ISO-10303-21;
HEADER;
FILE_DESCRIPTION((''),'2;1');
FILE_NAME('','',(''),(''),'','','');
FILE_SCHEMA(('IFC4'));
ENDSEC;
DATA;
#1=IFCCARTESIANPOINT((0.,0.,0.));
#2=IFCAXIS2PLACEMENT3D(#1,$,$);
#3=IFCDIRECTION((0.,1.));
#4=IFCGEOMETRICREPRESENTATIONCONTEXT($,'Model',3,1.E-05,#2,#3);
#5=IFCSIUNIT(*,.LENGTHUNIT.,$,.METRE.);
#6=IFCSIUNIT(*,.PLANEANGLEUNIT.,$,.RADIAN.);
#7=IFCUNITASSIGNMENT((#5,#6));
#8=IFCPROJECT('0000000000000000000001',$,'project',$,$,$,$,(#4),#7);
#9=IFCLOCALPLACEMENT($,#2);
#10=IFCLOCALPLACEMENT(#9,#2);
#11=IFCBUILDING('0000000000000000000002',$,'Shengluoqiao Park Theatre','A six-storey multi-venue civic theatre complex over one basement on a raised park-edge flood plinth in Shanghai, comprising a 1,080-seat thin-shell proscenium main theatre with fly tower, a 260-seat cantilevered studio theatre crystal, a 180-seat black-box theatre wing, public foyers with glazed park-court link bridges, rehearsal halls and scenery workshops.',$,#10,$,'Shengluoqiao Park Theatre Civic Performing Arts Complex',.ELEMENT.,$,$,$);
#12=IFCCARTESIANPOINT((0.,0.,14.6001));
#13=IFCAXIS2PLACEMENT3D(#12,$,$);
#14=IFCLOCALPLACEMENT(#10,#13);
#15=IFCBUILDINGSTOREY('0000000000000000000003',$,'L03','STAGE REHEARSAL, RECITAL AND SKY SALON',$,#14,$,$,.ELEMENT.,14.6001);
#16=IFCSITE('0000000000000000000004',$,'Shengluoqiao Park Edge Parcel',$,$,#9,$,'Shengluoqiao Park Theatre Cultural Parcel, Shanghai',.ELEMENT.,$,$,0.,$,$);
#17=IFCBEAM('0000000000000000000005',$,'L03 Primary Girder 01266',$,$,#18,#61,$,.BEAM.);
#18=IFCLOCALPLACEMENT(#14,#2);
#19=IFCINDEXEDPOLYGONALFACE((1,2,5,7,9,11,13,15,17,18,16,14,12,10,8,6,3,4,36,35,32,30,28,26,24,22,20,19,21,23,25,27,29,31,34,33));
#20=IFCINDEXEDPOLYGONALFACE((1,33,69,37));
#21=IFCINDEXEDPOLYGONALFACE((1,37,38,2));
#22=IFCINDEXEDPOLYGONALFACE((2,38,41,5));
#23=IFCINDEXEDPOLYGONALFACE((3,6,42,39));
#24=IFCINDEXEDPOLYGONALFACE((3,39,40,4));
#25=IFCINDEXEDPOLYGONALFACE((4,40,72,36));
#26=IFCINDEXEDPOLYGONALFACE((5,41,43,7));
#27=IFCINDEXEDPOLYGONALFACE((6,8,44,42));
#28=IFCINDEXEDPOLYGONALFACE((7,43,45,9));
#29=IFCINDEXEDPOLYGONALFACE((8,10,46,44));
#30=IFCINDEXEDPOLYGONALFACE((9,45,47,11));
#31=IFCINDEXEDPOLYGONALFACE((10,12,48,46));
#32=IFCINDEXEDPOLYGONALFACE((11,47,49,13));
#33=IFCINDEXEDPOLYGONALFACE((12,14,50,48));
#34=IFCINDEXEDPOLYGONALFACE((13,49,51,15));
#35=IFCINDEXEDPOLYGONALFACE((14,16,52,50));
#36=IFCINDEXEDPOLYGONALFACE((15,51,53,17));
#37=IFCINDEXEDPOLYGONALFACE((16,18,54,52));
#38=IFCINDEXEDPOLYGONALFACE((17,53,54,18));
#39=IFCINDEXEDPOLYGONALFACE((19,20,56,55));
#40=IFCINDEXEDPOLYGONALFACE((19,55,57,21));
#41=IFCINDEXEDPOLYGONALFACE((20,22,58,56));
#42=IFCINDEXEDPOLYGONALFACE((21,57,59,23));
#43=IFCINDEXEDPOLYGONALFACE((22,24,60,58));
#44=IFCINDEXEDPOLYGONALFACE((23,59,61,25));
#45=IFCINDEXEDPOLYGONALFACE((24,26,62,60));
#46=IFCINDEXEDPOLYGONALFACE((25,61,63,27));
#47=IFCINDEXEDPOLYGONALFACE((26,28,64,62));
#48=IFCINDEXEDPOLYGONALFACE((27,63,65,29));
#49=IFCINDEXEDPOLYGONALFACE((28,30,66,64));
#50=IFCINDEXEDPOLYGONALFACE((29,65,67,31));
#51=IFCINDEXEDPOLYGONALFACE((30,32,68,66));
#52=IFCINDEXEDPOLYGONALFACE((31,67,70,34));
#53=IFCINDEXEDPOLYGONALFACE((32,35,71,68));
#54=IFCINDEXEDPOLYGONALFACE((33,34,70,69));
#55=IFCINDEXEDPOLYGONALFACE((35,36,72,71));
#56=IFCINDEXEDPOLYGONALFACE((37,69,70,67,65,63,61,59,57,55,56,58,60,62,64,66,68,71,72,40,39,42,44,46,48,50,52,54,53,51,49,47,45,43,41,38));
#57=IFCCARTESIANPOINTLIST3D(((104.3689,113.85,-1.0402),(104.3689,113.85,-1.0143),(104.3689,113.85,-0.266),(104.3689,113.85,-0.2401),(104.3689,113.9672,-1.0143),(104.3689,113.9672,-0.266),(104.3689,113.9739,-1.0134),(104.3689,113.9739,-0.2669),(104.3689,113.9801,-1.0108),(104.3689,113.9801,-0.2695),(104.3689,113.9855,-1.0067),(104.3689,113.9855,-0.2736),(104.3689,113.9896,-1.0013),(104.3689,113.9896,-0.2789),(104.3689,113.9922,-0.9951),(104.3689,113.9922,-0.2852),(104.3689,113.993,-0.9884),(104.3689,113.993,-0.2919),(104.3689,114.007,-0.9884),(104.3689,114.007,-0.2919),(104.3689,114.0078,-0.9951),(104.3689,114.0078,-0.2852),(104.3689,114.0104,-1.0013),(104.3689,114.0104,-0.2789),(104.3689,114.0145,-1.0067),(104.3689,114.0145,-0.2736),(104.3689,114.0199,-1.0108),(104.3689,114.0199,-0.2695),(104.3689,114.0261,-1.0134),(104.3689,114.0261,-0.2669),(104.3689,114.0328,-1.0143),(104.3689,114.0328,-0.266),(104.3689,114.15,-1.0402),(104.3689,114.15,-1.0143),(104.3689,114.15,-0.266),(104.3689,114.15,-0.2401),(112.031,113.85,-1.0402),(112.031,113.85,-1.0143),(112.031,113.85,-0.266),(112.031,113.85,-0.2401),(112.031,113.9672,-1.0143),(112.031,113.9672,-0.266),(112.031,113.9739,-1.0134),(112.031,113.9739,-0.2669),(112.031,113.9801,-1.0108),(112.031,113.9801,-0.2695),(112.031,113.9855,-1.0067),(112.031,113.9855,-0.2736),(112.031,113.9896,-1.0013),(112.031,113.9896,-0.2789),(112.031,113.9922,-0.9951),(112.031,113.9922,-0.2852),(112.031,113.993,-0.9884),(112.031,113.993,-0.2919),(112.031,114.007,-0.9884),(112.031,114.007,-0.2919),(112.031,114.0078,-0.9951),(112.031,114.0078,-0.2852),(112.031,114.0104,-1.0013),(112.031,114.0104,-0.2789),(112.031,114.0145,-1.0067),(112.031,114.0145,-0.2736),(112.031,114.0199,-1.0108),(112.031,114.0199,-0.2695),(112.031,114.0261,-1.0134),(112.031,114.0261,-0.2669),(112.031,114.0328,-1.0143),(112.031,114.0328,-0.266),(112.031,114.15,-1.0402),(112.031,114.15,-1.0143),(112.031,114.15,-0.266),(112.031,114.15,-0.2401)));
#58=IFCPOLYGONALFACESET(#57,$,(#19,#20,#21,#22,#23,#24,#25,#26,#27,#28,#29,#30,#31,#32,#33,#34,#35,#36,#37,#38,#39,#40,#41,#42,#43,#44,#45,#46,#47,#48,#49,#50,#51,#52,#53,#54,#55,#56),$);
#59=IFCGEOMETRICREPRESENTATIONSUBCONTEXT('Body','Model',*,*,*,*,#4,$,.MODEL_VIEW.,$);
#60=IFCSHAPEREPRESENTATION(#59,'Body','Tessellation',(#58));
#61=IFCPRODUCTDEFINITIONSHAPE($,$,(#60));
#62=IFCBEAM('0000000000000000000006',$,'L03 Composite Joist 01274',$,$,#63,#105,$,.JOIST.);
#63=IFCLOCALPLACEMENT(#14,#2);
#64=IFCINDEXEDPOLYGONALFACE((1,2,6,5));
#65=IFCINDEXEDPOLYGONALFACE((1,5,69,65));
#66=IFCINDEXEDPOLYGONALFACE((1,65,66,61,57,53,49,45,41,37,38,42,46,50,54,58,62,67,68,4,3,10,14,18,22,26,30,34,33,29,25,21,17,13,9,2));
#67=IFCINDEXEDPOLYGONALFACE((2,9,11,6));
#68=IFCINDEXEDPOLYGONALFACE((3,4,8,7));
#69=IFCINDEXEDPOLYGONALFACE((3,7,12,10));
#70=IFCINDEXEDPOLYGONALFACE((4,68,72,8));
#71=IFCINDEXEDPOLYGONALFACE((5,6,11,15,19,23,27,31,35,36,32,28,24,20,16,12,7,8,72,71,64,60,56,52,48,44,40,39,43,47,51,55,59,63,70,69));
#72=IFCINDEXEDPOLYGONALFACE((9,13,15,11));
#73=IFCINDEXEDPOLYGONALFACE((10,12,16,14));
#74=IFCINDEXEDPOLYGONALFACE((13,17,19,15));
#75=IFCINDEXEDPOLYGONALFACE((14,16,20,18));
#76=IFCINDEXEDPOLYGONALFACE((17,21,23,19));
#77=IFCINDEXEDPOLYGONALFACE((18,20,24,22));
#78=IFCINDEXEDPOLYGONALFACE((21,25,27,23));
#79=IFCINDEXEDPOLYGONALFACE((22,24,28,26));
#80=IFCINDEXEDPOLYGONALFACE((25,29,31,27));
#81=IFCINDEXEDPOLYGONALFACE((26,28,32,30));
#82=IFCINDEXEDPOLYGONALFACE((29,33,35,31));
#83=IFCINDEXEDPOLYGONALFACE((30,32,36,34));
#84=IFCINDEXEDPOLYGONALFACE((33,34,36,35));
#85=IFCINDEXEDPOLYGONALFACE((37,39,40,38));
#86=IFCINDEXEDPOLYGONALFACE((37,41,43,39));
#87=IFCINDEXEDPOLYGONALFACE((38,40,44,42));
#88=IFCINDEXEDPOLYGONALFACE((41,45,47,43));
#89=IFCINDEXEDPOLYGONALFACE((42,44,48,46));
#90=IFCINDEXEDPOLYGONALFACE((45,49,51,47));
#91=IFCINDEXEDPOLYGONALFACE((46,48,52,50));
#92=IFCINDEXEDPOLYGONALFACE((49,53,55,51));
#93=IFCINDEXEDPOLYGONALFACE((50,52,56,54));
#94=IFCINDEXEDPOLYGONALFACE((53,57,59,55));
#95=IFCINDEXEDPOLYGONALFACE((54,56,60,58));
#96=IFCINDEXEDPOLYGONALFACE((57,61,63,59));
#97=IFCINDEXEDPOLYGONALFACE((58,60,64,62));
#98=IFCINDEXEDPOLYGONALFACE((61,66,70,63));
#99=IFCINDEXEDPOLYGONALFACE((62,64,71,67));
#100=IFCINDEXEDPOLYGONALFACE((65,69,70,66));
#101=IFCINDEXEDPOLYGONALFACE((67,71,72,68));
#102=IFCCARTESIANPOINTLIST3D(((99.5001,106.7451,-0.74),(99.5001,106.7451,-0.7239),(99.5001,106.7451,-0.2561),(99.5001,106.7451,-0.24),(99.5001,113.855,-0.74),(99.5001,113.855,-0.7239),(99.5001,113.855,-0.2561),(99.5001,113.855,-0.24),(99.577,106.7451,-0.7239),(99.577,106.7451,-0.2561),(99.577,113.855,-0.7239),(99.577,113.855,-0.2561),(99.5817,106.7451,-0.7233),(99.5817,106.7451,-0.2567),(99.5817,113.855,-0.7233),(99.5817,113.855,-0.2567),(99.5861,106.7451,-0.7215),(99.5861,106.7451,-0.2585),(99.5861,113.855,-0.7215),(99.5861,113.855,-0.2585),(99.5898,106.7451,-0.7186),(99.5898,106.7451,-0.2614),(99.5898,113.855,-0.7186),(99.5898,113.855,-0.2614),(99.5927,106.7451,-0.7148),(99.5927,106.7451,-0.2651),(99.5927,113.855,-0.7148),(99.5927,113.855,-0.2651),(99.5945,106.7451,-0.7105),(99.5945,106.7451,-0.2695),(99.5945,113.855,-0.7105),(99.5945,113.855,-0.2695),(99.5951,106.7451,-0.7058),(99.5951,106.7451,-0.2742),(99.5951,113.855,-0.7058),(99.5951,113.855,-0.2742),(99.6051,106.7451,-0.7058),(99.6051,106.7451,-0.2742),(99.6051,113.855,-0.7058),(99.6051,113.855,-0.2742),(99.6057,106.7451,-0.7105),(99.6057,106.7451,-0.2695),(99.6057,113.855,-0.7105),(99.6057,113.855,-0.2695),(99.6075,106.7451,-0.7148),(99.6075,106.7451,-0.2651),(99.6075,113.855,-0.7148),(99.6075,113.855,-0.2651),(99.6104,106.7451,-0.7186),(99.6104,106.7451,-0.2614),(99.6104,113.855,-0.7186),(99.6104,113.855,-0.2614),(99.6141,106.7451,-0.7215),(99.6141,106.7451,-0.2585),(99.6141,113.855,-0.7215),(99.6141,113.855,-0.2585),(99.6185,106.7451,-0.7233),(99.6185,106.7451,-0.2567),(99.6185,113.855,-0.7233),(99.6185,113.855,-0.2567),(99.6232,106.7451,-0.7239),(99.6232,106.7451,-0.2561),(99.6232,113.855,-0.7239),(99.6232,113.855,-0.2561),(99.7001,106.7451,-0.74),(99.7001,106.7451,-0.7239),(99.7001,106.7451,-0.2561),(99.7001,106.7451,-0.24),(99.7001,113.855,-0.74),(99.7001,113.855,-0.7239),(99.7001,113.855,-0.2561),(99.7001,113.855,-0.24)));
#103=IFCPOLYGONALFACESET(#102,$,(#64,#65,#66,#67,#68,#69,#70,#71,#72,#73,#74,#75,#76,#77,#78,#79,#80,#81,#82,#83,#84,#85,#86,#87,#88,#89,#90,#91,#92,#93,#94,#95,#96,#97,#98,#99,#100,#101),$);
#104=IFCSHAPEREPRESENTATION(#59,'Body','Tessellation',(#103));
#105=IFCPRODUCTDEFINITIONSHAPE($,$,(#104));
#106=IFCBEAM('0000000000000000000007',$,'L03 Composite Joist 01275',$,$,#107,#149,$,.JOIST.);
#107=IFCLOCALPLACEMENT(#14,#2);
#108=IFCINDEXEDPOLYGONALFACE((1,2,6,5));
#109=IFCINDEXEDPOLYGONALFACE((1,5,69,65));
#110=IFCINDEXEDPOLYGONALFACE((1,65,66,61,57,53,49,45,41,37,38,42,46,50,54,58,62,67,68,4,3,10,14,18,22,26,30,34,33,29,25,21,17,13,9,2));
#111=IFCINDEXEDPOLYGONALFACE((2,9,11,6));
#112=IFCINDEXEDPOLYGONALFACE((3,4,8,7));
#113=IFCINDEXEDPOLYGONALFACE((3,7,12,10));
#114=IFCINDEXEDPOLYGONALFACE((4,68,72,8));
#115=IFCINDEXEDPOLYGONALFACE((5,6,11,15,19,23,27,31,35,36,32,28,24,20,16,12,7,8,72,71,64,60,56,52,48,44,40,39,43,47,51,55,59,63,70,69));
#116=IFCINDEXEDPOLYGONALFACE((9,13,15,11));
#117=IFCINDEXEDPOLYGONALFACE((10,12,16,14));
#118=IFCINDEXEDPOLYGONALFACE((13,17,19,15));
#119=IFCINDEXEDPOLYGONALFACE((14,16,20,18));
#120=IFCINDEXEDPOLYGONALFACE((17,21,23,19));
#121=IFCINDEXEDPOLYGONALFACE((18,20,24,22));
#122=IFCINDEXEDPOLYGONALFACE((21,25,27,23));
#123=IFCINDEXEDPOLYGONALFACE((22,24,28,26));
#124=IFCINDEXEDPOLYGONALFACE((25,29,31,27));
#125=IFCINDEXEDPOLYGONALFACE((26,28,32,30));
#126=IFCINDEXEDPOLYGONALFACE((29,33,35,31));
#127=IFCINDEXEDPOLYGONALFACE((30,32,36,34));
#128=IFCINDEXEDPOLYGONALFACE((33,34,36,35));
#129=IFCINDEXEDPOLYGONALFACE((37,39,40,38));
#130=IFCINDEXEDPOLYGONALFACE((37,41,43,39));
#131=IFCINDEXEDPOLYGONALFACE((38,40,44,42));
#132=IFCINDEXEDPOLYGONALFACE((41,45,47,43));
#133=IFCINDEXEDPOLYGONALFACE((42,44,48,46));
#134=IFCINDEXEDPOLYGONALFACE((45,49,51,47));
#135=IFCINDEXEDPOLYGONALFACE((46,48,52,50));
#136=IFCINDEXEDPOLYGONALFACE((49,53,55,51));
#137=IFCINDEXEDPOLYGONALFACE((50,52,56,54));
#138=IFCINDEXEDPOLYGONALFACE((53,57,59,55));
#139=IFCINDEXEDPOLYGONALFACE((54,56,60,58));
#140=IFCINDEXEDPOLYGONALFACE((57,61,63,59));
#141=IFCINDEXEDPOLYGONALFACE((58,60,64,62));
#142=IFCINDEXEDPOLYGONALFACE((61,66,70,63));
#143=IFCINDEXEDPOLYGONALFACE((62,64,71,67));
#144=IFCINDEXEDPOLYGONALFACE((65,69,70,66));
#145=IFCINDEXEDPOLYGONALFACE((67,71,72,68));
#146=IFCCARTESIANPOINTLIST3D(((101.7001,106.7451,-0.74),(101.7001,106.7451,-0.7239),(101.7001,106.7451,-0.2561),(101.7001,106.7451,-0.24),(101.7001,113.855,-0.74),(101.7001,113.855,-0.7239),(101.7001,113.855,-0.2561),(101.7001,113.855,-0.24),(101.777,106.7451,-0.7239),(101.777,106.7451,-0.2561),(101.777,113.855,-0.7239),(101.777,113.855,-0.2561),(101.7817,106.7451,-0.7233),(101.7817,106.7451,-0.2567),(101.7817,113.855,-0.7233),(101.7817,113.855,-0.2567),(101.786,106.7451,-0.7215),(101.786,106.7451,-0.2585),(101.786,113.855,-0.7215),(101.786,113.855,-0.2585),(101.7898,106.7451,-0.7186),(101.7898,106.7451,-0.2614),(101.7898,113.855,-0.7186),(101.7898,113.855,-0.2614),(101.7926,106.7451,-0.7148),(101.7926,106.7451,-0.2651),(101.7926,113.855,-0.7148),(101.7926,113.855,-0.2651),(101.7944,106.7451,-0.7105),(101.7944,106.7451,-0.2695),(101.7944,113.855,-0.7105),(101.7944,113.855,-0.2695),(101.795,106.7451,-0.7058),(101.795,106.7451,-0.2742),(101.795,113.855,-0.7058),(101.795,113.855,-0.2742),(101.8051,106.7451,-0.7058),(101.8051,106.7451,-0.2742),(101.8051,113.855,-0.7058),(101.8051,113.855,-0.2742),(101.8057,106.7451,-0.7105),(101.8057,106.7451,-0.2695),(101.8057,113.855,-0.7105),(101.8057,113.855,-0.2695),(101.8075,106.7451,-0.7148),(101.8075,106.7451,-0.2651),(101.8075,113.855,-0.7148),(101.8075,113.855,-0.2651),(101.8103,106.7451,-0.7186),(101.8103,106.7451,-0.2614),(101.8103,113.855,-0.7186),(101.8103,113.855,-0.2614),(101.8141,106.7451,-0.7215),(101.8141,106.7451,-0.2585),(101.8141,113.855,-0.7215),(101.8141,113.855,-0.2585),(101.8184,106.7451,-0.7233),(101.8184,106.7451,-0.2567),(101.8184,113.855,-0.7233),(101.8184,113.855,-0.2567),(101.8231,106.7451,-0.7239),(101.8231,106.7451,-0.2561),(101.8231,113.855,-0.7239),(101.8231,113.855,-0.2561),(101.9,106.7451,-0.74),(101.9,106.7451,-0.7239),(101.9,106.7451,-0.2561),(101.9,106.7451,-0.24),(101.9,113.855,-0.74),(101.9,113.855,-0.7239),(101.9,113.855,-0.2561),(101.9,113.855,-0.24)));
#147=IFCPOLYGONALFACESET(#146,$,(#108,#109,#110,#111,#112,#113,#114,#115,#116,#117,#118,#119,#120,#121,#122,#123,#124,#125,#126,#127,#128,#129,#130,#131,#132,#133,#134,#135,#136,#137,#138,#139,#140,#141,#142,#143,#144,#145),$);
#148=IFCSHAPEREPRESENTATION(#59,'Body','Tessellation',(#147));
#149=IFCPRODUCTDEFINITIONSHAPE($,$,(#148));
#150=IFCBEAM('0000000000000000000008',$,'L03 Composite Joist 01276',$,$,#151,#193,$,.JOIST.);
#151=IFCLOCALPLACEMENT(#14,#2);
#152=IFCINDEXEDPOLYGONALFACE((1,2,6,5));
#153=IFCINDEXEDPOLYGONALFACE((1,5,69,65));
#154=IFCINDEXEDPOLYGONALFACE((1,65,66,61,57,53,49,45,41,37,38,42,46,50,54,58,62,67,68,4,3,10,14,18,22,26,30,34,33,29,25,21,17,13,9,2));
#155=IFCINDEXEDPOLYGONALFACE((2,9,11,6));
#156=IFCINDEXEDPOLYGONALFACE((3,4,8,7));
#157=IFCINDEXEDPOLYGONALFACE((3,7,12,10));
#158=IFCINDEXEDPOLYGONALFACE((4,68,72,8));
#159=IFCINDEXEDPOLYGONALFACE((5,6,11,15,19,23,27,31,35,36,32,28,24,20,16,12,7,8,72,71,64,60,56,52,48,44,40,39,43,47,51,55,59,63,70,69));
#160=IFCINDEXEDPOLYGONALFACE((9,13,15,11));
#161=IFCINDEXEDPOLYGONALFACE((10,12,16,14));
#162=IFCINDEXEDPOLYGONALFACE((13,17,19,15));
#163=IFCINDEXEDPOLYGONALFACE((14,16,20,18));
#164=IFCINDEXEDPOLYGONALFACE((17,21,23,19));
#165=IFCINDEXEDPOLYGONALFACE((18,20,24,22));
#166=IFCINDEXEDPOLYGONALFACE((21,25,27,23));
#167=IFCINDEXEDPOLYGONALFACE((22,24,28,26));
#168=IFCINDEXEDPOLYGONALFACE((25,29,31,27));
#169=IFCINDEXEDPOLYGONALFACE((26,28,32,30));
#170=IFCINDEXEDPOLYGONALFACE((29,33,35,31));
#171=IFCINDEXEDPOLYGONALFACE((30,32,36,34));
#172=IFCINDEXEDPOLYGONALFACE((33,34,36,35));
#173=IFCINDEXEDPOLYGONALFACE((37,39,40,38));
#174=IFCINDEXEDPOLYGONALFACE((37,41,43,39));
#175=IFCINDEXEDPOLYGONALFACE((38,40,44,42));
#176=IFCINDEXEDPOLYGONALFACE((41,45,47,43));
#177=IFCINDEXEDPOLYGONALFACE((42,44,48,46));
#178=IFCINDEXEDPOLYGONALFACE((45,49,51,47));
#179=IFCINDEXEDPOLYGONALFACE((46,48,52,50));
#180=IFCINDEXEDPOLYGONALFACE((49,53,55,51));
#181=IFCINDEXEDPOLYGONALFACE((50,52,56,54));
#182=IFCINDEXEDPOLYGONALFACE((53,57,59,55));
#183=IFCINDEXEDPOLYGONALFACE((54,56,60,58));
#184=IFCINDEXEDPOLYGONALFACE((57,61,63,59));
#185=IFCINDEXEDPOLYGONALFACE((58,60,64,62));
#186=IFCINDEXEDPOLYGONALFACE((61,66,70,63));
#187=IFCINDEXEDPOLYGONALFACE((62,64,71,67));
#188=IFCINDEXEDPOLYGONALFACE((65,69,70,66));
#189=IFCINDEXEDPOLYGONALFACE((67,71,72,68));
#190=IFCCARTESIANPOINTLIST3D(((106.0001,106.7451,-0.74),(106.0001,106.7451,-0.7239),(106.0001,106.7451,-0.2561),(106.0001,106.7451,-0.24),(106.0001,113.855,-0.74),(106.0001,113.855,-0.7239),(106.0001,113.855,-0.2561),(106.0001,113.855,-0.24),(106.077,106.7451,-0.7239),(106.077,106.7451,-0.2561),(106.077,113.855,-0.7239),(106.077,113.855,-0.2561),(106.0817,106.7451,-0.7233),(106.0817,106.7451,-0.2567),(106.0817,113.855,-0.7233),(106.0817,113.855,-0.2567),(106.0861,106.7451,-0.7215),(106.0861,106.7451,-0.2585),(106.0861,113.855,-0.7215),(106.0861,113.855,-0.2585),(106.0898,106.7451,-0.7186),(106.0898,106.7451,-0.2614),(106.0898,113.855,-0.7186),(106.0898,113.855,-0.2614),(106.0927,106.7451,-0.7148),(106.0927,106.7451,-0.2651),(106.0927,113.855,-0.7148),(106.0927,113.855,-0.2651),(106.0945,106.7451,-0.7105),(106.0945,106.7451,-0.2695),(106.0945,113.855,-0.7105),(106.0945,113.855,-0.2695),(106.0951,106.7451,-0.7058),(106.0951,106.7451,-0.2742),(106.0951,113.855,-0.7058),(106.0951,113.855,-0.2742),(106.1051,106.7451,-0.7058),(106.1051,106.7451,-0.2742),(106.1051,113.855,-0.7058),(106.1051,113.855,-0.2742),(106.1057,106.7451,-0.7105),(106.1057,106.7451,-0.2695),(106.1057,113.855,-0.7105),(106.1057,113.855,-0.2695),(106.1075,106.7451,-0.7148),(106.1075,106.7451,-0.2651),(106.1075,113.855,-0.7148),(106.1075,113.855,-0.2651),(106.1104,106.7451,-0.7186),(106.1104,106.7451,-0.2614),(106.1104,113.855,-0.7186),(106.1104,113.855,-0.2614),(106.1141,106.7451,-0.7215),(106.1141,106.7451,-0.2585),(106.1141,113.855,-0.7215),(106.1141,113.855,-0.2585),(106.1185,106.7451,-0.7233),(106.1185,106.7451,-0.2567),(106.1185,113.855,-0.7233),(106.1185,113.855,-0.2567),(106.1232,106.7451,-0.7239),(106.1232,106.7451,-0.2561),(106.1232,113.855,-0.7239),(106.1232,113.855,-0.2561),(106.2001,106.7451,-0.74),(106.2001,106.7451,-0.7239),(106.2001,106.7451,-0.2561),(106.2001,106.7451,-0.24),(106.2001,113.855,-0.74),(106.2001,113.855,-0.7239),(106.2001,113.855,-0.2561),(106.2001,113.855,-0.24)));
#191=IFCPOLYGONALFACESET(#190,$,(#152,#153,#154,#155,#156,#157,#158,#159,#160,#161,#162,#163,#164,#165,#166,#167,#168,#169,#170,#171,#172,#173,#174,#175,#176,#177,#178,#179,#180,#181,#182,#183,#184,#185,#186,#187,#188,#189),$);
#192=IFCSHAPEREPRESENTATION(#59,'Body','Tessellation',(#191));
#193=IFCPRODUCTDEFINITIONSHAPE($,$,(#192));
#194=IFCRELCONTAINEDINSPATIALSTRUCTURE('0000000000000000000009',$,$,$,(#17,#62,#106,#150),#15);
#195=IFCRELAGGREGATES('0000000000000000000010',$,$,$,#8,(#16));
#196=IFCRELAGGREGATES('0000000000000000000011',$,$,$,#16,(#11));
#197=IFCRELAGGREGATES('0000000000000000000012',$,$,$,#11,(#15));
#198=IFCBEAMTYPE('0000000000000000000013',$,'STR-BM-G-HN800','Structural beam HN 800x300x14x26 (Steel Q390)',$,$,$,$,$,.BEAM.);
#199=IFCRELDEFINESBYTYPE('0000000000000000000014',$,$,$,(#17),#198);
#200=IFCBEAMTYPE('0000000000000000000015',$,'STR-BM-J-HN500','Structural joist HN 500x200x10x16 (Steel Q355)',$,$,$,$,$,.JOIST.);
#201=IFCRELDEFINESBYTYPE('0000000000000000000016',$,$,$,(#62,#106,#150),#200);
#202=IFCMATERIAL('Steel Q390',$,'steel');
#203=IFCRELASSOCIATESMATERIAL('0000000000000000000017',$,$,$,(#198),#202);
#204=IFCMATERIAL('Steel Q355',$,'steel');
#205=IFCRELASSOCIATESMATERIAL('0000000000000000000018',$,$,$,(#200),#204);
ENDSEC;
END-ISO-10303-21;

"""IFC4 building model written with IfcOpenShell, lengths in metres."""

from ifc_helpers import new_model, si_unit, direction, frame, origin, origin_2d, place, context, subcontext, project, spatial, i_section, extrude, material, material_profile, profile_set, type_object, element, save


model = new_model("IFC4")

# Units and contexts
model_context = context("Model", 3, precision=1e-05, world=origin(), true_north=direction((0.0, 1.0)))
body_context = subcontext(model_context, "Body", "Model", "MODEL_VIEW")
ifc_project = project(units=[si_unit("LENGTHUNIT", "METRE"), si_unit("PLANEANGLEUNIT", "RADIAN")], contexts=[model_context])

# Site, building, storey
site_placement = place(None, origin())
site = spatial("IfcSite", under=ifc_project, at=site_placement, Name="Shengluoqiao Park Edge Parcel", LongName="Shengluoqiao Park Theatre Cultural Parcel, Shanghai", CompositionType="ELEMENT", RefElevation=0.0)
building_placement = place(site_placement, origin())
building = spatial("IfcBuilding", under=site, at=building_placement, Name="Shengluoqiao Park Theatre", Description="A six-storey multi-venue civic theatre complex over one basement on a raised park-edge flood plinth in Shanghai, comprising a 1,080-seat thin-shell proscenium main theatre with fly tower, a 260-seat cantilevered studio theatre crystal, a 180-seat black-box theatre wing, public foyers with glazed park-court link bridges, rehearsal halls and scenery workshops.", LongName="Shengluoqiao Park Theatre Civic Performing Arts Complex", CompositionType="ELEMENT")
storey_placement = place(building_placement, frame((0.0, 0.0, 14.6001)))
storey = spatial("IfcBuildingStorey", under=building, at=storey_placement, Name="L03", Description="STAGE REHEARSAL, RECITAL AND SKY SALON", CompositionType="ELEMENT", Elevation=14.6001)

# Beams
ifc_material_1 = material(Name="Steel Q355", Category="steel")
ifc_material_2 = material(Name="Steel Q390", Category="steel")
ifc_material_profile_1 = material_profile(ifc_material_2, i_section(OverallWidth=0.3, OverallDepth=0.8, WebThickness=0.0139, FlangeThickness=0.0259, FilletRadius=0.0259, at=origin_2d()), Name="HN 800x300x14x26")
ifc_profile_set_1 = profile_set([ifc_material_profile_1], Name="Steel Q390")
beam_type_1 = type_object("IfcBeamType", Name="STR-BM-G-HN800", Description="Structural beam HN 800x300x14x26 (Steel Q390)", PredefinedType="BEAM", material=ifc_profile_set_1)
for number, where, z_axis, x_axis, name in (
    (1, (104.3689, 114.0, -0.6401), (1.0, 0.0, 0.0), (0.0, 1.0, 0.0), "L03 Primary Girder 01266"),
):
    element("IfcBeam", number, at=place(storey_placement, frame(where, z_axis=z_axis, x_axis=x_axis)), inside=storey, type_object=beam_type_1, Name=name, PredefinedType="BEAM", context=body_context, shape_type="SweptSolid", body=[
        extrude(i_section(OverallWidth=0.3, OverallDepth=0.8, WebThickness=0.0139, FlangeThickness=0.0259, FilletRadius=0.0259, at=origin_2d()), origin(), (0.0, 0.0, 1.0), 7.6621),
    ])
ifc_material_profile_2 = material_profile(ifc_material_1, i_section(OverallWidth=0.2, OverallDepth=0.5, WebThickness=0.01, FlangeThickness=0.0161, FilletRadius=0.0181, at=origin_2d()), Name="HN 500x200x10x16")
ifc_profile_set_2 = profile_set([ifc_material_profile_2], Name="Steel Q355")
beam_type_2 = type_object("IfcBeamType", Name="STR-BM-J-HN500", Description="Structural joist HN 500x200x10x16 (Steel Q355)", PredefinedType="JOIST", material=ifc_profile_set_2)
for number, where, z_axis, x_axis, name in (
    (2, (99.6001, 106.7451, -0.49), (0.0, 1.0, 0.0), (-1.0, 0.0, 0.0), "L03 Composite Joist 01274"),
    (3, (101.8, 106.7451, -0.49), (0.0, 1.0, 0.0), (-1.0, 0.0, 0.0), "L03 Composite Joist 01275"),
    (4, (106.1001, 106.7451, -0.49), (0.0, 1.0, 0.0), (-1.0, 0.0, 0.0), "L03 Composite Joist 01276"),
):
    element("IfcBeam", number, at=place(storey_placement, frame(where, z_axis=z_axis, x_axis=x_axis)), inside=storey, type_object=beam_type_2, Name=name, PredefinedType="JOIST", context=body_context, shape_type="SweptSolid", body=[
        extrude(i_section(OverallWidth=0.2, OverallDepth=0.5, WebThickness=0.01, FlangeThickness=0.0161, FilletRadius=0.0181, at=origin_2d()), origin(), (0.0, 0.0, 1.0), 7.1099),
    ])

save(model, "model.ifc")
